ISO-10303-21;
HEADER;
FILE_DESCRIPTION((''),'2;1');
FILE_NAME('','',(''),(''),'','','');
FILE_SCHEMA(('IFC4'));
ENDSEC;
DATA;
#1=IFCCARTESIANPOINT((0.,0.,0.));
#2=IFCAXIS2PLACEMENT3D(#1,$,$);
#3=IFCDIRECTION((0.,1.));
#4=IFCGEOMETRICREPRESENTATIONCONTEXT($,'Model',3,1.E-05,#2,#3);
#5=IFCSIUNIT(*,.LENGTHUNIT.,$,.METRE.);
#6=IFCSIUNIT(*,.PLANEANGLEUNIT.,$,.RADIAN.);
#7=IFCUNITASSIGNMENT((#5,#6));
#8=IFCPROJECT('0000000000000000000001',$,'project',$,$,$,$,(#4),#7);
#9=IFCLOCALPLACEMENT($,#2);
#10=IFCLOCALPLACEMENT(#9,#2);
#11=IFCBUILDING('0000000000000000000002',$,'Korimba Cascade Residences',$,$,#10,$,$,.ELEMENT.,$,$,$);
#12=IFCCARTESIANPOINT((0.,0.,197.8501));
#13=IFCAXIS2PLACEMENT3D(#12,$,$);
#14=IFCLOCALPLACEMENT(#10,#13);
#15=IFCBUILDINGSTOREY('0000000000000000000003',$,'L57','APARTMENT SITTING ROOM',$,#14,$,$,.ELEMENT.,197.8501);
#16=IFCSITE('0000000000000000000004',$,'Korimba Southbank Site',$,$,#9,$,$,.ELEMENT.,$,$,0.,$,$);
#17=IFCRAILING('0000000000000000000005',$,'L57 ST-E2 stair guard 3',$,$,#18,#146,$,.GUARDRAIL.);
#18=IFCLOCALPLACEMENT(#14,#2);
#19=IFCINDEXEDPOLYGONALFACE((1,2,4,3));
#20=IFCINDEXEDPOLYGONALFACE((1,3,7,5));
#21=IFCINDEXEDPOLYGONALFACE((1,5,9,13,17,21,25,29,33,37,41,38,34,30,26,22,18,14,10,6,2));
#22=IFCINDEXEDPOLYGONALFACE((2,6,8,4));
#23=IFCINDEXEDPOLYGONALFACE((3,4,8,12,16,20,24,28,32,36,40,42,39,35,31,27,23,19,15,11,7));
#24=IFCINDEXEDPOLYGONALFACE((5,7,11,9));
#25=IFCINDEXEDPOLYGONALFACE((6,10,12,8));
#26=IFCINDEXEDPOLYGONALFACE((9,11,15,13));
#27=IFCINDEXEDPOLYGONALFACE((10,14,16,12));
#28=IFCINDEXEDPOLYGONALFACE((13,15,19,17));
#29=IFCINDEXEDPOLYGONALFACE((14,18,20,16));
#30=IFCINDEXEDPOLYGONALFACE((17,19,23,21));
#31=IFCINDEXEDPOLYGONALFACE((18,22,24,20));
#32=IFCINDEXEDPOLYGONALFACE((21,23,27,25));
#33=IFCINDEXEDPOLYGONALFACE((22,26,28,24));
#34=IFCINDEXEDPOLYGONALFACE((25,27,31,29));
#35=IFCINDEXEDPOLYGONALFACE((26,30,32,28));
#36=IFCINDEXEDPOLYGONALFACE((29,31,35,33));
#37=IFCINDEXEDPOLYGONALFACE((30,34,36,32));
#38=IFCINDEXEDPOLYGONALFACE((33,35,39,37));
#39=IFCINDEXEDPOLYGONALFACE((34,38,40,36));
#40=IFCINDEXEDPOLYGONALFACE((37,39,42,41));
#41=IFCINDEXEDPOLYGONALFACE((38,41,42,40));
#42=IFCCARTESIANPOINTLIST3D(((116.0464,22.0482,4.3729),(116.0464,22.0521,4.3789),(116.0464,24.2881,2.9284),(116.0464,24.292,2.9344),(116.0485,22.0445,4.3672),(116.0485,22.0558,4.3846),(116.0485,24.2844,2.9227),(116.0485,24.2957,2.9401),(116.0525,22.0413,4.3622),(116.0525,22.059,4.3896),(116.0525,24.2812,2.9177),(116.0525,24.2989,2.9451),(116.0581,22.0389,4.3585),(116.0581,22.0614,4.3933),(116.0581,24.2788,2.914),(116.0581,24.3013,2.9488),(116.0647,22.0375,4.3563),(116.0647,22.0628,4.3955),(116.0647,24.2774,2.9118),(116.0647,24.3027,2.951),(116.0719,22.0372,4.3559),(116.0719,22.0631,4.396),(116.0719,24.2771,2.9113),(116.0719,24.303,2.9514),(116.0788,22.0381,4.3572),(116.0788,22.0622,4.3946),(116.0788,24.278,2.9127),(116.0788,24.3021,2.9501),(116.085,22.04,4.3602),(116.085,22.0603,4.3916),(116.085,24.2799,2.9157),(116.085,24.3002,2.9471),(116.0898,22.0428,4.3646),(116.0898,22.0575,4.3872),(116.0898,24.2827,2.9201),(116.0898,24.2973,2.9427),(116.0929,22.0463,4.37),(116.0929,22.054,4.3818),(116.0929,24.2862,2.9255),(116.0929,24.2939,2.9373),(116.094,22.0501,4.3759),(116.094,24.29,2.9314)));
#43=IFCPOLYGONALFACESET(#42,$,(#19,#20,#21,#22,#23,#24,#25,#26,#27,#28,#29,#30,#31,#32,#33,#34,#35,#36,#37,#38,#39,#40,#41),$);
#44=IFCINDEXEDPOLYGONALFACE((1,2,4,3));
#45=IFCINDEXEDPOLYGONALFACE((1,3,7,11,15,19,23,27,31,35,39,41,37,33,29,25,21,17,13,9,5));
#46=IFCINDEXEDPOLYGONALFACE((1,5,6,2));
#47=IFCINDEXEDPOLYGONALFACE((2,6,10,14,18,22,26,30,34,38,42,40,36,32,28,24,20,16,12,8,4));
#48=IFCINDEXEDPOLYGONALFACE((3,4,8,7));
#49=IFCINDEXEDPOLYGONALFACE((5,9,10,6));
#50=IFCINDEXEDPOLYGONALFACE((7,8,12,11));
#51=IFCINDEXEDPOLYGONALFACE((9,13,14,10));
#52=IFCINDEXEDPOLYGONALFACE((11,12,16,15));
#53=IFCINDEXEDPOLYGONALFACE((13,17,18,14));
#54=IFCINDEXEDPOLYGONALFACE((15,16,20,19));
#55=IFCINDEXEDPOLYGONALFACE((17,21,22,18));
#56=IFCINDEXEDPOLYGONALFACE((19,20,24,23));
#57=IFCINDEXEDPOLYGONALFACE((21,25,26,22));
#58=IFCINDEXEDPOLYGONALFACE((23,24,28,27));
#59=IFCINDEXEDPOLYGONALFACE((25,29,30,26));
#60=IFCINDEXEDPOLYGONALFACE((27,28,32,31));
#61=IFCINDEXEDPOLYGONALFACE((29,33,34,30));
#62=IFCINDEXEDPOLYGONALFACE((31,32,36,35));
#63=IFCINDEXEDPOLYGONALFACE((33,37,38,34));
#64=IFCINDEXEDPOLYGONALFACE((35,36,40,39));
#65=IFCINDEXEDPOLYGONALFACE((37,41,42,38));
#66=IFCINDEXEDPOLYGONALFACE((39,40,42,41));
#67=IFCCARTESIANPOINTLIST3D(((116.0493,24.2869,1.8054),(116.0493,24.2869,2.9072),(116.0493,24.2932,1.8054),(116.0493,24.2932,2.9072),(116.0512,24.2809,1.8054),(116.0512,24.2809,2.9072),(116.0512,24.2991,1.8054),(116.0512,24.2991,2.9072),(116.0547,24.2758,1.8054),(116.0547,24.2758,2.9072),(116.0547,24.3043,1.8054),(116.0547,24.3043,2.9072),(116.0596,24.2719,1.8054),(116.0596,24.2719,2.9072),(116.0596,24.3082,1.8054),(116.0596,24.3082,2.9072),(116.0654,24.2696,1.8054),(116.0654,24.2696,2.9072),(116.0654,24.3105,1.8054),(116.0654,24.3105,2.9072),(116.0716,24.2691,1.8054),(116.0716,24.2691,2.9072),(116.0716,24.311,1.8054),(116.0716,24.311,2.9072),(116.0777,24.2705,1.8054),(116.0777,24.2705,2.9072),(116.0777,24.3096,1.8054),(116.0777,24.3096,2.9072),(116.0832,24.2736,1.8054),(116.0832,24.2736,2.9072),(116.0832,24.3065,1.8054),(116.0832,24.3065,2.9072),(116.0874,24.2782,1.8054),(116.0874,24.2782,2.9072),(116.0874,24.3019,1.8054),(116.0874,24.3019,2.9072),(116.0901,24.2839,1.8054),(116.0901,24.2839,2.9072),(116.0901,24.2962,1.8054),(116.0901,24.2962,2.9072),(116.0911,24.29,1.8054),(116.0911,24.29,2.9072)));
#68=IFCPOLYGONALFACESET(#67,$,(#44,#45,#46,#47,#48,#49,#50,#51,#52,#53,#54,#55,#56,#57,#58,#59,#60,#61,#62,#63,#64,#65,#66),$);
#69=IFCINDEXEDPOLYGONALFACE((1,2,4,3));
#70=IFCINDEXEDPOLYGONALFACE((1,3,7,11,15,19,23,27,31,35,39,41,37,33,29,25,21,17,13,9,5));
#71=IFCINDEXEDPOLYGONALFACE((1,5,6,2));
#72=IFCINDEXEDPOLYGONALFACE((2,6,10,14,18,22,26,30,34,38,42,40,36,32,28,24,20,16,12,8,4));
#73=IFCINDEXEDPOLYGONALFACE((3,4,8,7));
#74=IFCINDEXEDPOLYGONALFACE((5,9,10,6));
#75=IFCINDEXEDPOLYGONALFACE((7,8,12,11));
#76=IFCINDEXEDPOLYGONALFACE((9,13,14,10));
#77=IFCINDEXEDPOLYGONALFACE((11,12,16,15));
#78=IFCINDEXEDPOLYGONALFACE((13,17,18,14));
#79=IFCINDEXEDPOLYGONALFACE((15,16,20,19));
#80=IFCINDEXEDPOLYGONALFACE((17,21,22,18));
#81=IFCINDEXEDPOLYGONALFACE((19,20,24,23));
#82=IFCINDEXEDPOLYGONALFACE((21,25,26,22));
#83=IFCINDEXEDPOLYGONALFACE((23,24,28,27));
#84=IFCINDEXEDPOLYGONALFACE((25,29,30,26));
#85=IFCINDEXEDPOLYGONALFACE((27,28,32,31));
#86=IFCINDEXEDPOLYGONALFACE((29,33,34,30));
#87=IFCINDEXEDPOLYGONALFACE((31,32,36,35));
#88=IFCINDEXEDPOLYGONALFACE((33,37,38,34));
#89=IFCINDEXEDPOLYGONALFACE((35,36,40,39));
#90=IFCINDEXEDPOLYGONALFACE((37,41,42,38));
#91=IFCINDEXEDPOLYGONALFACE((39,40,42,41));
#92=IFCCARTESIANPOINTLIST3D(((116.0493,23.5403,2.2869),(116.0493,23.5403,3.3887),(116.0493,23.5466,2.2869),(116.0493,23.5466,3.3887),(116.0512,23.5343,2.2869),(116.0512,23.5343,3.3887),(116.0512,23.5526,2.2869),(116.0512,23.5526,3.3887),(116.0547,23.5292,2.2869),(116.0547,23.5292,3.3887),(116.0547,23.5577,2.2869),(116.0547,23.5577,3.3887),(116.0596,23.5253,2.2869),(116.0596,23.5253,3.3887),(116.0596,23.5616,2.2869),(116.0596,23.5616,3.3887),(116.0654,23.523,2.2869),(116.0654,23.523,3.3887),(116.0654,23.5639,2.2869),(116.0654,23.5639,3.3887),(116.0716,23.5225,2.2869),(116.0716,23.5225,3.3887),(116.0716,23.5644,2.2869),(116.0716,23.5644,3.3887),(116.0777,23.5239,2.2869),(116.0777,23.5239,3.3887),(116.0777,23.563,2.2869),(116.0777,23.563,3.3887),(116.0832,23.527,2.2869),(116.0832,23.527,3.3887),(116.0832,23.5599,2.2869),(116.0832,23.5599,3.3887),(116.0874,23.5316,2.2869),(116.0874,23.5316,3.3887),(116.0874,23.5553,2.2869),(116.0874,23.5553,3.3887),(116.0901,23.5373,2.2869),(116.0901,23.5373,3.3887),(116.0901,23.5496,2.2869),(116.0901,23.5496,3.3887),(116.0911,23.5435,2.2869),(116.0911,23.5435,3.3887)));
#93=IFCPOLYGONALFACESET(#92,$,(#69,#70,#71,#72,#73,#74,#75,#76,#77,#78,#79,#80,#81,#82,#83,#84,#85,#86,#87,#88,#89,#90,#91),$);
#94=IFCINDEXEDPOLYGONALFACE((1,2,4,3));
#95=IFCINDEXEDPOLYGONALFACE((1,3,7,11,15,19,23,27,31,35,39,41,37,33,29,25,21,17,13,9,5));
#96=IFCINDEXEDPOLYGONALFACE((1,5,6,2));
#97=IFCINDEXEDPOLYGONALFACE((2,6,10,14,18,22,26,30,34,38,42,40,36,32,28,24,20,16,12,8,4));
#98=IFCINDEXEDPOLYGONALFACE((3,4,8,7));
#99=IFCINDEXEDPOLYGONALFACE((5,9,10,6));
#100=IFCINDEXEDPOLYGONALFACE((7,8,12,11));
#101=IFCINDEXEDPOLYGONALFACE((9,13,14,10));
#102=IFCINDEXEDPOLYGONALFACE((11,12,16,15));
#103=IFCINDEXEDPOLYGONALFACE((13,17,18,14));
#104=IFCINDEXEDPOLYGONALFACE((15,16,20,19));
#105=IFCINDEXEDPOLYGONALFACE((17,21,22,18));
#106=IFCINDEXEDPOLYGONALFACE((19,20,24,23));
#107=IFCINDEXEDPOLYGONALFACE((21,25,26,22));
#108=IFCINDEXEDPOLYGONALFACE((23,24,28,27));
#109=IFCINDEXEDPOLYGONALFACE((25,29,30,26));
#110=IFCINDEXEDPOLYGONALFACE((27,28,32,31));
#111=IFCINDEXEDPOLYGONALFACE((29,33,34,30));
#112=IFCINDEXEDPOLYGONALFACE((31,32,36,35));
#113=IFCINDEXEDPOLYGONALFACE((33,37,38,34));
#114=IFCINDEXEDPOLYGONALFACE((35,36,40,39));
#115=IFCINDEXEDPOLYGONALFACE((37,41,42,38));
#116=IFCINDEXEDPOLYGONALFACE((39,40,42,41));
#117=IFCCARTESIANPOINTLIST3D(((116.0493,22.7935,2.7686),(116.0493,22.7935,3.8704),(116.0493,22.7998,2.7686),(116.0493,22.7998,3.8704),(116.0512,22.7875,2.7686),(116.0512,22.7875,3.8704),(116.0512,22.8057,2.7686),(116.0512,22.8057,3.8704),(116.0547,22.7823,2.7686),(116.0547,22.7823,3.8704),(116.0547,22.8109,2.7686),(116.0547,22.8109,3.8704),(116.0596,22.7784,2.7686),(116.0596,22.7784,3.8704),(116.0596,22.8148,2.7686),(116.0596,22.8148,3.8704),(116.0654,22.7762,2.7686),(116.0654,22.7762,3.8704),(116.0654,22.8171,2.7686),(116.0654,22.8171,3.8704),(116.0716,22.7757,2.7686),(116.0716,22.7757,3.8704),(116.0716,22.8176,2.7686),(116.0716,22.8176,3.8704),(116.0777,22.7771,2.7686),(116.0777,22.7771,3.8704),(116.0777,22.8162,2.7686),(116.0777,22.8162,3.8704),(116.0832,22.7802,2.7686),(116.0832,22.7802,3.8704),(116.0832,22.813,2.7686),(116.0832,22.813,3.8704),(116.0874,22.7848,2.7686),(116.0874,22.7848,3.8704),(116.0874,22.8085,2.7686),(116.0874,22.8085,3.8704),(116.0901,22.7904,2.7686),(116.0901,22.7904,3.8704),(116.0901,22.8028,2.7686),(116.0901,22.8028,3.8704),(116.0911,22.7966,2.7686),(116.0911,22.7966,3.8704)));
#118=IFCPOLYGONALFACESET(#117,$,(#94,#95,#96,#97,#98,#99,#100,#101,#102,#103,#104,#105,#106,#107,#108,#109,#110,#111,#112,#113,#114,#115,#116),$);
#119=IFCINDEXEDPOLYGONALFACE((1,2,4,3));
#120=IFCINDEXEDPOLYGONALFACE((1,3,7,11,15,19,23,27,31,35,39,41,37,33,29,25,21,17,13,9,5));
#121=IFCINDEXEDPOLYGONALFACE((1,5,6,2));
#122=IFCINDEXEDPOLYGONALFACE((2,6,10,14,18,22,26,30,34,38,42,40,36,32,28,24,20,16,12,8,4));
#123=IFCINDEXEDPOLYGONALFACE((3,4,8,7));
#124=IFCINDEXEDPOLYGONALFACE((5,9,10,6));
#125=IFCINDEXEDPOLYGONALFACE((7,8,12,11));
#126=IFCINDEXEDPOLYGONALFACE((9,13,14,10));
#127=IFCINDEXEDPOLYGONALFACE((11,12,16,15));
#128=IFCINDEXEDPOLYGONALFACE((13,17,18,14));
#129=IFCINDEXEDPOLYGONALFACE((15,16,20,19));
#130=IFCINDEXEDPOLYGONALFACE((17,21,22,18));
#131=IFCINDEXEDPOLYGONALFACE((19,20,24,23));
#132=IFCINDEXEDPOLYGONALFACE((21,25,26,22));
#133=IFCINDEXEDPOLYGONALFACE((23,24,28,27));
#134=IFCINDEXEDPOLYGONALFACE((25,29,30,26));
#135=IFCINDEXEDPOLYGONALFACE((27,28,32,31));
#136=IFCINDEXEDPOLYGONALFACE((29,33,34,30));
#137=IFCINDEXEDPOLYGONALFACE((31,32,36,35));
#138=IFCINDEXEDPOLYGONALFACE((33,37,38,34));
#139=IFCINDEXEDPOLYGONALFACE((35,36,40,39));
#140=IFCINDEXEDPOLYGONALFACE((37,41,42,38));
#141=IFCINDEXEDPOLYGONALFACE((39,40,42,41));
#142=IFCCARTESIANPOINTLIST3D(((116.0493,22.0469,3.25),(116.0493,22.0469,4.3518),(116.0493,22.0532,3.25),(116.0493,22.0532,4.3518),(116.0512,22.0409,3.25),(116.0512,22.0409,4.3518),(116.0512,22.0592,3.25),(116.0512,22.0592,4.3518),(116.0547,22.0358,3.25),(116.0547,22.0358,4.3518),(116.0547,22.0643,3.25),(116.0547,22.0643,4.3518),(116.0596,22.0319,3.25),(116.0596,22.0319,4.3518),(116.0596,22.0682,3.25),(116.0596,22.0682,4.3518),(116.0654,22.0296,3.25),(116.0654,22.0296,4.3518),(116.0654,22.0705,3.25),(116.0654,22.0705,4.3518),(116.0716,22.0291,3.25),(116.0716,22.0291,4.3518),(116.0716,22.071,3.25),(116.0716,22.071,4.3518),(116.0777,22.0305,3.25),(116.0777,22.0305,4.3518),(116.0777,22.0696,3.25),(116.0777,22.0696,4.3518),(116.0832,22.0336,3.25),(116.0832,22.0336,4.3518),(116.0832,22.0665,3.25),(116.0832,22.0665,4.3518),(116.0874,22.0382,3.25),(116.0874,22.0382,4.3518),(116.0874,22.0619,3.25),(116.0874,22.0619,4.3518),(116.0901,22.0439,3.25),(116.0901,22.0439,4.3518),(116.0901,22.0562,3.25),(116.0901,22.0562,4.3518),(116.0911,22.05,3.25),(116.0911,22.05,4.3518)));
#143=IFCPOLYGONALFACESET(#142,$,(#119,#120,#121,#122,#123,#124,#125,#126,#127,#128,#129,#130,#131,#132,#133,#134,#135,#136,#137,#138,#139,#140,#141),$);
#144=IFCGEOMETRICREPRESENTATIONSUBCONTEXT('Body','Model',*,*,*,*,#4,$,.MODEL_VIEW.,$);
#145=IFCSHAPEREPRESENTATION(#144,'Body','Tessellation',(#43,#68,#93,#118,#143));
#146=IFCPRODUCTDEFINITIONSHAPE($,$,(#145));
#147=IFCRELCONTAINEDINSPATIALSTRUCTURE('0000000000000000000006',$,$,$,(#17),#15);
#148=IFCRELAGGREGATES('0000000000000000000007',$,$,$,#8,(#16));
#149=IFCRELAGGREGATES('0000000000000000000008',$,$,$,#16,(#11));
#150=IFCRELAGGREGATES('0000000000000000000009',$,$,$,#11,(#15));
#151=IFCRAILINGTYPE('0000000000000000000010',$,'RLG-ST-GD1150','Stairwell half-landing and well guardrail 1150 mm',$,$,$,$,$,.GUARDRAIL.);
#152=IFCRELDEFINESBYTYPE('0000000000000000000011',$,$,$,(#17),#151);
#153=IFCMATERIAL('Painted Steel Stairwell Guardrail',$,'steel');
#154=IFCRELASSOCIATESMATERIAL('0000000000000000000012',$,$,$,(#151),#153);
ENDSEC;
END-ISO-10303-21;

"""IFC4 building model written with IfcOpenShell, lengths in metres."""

from ifc_helpers import new_model, si_unit, direction, frame, origin, origin_2d, place, context, subcontext, project, spatial, circle, extrude, material, type_object, element, save


model = new_model("IFC4")

# Units and contexts
model_context = context("Model", 3, precision=1e-05, world=origin(), true_north=direction((0.0, 1.0)))
body_context = subcontext(model_context, "Body", "Model", "MODEL_VIEW")
ifc_project = project(units=[si_unit("LENGTHUNIT", "METRE"), si_unit("PLANEANGLEUNIT", "RADIAN")], contexts=[model_context])

# Site, building, storey
site_placement = place(None, origin())
site = spatial("IfcSite", under=ifc_project, at=site_placement, Name="Korimba Southbank Site", CompositionType="ELEMENT", RefElevation=0.0)
building_placement = place(site_placement, origin())
building = spatial("IfcBuilding", under=site, at=building_placement, Name="Korimba Cascade Residences", CompositionType="ELEMENT")
storey_placement = place(building_placement, frame((0.0, 0.0, 197.8501)))
storey = spatial("IfcBuildingStorey", under=building, at=storey_placement, Name="L57", Description="APARTMENT SITTING ROOM", CompositionType="ELEMENT", Elevation=197.8501)

# Railing
ifc_material_1 = material(Name="Painted Steel Stairwell Guardrail", Category="steel")
railing_type_1 = type_object("IfcRailingType", Name="RLG-ST-GD1150", Description="Stairwell half-landing and well guardrail 1150 mm", PredefinedType="GUARDRAIL", material=ifc_material_1)
railing_1_placement = place(storey_placement, frame((116.0701, 24.29, 1.8054)))
element("IfcRailing", 1, at=railing_1_placement, inside=storey, type_object=railing_type_1, Name="L57 ST-E2 stair guard 3", PredefinedType="GUARDRAIL", context=body_context, shape_type="SweptSolid", body=[
    extrude(circle(Radius=0.0239, at=origin_2d()), frame((0.0, 0.0, 1.126), z_axis=(0.0, -0.840395, 0.541975), x_axis=(1.0, 0.0, 0.0)), (0.0, 0.0, 1.0), 2.6653),
    extrude(circle(Radius=0.021, at=origin_2d()), origin(), (0.0, 0.0, 1.0), 1.1018),
    extrude(circle(Radius=0.021, at=origin_2d()), frame((0.0, -0.7466, 0.4814)), (0.0, 0.0, 1.0), 1.1018),
    extrude(circle(Radius=0.021, at=origin_2d()), frame((0.0, -1.4934, 0.9631)), (0.0, 0.0, 1.0), 1.1018),
    extrude(circle(Radius=0.021, at=origin_2d()), frame((0.0, -2.24, 1.4446)), (0.0, 0.0, 1.0), 1.1018),
])

save(model, "model.ifc")
